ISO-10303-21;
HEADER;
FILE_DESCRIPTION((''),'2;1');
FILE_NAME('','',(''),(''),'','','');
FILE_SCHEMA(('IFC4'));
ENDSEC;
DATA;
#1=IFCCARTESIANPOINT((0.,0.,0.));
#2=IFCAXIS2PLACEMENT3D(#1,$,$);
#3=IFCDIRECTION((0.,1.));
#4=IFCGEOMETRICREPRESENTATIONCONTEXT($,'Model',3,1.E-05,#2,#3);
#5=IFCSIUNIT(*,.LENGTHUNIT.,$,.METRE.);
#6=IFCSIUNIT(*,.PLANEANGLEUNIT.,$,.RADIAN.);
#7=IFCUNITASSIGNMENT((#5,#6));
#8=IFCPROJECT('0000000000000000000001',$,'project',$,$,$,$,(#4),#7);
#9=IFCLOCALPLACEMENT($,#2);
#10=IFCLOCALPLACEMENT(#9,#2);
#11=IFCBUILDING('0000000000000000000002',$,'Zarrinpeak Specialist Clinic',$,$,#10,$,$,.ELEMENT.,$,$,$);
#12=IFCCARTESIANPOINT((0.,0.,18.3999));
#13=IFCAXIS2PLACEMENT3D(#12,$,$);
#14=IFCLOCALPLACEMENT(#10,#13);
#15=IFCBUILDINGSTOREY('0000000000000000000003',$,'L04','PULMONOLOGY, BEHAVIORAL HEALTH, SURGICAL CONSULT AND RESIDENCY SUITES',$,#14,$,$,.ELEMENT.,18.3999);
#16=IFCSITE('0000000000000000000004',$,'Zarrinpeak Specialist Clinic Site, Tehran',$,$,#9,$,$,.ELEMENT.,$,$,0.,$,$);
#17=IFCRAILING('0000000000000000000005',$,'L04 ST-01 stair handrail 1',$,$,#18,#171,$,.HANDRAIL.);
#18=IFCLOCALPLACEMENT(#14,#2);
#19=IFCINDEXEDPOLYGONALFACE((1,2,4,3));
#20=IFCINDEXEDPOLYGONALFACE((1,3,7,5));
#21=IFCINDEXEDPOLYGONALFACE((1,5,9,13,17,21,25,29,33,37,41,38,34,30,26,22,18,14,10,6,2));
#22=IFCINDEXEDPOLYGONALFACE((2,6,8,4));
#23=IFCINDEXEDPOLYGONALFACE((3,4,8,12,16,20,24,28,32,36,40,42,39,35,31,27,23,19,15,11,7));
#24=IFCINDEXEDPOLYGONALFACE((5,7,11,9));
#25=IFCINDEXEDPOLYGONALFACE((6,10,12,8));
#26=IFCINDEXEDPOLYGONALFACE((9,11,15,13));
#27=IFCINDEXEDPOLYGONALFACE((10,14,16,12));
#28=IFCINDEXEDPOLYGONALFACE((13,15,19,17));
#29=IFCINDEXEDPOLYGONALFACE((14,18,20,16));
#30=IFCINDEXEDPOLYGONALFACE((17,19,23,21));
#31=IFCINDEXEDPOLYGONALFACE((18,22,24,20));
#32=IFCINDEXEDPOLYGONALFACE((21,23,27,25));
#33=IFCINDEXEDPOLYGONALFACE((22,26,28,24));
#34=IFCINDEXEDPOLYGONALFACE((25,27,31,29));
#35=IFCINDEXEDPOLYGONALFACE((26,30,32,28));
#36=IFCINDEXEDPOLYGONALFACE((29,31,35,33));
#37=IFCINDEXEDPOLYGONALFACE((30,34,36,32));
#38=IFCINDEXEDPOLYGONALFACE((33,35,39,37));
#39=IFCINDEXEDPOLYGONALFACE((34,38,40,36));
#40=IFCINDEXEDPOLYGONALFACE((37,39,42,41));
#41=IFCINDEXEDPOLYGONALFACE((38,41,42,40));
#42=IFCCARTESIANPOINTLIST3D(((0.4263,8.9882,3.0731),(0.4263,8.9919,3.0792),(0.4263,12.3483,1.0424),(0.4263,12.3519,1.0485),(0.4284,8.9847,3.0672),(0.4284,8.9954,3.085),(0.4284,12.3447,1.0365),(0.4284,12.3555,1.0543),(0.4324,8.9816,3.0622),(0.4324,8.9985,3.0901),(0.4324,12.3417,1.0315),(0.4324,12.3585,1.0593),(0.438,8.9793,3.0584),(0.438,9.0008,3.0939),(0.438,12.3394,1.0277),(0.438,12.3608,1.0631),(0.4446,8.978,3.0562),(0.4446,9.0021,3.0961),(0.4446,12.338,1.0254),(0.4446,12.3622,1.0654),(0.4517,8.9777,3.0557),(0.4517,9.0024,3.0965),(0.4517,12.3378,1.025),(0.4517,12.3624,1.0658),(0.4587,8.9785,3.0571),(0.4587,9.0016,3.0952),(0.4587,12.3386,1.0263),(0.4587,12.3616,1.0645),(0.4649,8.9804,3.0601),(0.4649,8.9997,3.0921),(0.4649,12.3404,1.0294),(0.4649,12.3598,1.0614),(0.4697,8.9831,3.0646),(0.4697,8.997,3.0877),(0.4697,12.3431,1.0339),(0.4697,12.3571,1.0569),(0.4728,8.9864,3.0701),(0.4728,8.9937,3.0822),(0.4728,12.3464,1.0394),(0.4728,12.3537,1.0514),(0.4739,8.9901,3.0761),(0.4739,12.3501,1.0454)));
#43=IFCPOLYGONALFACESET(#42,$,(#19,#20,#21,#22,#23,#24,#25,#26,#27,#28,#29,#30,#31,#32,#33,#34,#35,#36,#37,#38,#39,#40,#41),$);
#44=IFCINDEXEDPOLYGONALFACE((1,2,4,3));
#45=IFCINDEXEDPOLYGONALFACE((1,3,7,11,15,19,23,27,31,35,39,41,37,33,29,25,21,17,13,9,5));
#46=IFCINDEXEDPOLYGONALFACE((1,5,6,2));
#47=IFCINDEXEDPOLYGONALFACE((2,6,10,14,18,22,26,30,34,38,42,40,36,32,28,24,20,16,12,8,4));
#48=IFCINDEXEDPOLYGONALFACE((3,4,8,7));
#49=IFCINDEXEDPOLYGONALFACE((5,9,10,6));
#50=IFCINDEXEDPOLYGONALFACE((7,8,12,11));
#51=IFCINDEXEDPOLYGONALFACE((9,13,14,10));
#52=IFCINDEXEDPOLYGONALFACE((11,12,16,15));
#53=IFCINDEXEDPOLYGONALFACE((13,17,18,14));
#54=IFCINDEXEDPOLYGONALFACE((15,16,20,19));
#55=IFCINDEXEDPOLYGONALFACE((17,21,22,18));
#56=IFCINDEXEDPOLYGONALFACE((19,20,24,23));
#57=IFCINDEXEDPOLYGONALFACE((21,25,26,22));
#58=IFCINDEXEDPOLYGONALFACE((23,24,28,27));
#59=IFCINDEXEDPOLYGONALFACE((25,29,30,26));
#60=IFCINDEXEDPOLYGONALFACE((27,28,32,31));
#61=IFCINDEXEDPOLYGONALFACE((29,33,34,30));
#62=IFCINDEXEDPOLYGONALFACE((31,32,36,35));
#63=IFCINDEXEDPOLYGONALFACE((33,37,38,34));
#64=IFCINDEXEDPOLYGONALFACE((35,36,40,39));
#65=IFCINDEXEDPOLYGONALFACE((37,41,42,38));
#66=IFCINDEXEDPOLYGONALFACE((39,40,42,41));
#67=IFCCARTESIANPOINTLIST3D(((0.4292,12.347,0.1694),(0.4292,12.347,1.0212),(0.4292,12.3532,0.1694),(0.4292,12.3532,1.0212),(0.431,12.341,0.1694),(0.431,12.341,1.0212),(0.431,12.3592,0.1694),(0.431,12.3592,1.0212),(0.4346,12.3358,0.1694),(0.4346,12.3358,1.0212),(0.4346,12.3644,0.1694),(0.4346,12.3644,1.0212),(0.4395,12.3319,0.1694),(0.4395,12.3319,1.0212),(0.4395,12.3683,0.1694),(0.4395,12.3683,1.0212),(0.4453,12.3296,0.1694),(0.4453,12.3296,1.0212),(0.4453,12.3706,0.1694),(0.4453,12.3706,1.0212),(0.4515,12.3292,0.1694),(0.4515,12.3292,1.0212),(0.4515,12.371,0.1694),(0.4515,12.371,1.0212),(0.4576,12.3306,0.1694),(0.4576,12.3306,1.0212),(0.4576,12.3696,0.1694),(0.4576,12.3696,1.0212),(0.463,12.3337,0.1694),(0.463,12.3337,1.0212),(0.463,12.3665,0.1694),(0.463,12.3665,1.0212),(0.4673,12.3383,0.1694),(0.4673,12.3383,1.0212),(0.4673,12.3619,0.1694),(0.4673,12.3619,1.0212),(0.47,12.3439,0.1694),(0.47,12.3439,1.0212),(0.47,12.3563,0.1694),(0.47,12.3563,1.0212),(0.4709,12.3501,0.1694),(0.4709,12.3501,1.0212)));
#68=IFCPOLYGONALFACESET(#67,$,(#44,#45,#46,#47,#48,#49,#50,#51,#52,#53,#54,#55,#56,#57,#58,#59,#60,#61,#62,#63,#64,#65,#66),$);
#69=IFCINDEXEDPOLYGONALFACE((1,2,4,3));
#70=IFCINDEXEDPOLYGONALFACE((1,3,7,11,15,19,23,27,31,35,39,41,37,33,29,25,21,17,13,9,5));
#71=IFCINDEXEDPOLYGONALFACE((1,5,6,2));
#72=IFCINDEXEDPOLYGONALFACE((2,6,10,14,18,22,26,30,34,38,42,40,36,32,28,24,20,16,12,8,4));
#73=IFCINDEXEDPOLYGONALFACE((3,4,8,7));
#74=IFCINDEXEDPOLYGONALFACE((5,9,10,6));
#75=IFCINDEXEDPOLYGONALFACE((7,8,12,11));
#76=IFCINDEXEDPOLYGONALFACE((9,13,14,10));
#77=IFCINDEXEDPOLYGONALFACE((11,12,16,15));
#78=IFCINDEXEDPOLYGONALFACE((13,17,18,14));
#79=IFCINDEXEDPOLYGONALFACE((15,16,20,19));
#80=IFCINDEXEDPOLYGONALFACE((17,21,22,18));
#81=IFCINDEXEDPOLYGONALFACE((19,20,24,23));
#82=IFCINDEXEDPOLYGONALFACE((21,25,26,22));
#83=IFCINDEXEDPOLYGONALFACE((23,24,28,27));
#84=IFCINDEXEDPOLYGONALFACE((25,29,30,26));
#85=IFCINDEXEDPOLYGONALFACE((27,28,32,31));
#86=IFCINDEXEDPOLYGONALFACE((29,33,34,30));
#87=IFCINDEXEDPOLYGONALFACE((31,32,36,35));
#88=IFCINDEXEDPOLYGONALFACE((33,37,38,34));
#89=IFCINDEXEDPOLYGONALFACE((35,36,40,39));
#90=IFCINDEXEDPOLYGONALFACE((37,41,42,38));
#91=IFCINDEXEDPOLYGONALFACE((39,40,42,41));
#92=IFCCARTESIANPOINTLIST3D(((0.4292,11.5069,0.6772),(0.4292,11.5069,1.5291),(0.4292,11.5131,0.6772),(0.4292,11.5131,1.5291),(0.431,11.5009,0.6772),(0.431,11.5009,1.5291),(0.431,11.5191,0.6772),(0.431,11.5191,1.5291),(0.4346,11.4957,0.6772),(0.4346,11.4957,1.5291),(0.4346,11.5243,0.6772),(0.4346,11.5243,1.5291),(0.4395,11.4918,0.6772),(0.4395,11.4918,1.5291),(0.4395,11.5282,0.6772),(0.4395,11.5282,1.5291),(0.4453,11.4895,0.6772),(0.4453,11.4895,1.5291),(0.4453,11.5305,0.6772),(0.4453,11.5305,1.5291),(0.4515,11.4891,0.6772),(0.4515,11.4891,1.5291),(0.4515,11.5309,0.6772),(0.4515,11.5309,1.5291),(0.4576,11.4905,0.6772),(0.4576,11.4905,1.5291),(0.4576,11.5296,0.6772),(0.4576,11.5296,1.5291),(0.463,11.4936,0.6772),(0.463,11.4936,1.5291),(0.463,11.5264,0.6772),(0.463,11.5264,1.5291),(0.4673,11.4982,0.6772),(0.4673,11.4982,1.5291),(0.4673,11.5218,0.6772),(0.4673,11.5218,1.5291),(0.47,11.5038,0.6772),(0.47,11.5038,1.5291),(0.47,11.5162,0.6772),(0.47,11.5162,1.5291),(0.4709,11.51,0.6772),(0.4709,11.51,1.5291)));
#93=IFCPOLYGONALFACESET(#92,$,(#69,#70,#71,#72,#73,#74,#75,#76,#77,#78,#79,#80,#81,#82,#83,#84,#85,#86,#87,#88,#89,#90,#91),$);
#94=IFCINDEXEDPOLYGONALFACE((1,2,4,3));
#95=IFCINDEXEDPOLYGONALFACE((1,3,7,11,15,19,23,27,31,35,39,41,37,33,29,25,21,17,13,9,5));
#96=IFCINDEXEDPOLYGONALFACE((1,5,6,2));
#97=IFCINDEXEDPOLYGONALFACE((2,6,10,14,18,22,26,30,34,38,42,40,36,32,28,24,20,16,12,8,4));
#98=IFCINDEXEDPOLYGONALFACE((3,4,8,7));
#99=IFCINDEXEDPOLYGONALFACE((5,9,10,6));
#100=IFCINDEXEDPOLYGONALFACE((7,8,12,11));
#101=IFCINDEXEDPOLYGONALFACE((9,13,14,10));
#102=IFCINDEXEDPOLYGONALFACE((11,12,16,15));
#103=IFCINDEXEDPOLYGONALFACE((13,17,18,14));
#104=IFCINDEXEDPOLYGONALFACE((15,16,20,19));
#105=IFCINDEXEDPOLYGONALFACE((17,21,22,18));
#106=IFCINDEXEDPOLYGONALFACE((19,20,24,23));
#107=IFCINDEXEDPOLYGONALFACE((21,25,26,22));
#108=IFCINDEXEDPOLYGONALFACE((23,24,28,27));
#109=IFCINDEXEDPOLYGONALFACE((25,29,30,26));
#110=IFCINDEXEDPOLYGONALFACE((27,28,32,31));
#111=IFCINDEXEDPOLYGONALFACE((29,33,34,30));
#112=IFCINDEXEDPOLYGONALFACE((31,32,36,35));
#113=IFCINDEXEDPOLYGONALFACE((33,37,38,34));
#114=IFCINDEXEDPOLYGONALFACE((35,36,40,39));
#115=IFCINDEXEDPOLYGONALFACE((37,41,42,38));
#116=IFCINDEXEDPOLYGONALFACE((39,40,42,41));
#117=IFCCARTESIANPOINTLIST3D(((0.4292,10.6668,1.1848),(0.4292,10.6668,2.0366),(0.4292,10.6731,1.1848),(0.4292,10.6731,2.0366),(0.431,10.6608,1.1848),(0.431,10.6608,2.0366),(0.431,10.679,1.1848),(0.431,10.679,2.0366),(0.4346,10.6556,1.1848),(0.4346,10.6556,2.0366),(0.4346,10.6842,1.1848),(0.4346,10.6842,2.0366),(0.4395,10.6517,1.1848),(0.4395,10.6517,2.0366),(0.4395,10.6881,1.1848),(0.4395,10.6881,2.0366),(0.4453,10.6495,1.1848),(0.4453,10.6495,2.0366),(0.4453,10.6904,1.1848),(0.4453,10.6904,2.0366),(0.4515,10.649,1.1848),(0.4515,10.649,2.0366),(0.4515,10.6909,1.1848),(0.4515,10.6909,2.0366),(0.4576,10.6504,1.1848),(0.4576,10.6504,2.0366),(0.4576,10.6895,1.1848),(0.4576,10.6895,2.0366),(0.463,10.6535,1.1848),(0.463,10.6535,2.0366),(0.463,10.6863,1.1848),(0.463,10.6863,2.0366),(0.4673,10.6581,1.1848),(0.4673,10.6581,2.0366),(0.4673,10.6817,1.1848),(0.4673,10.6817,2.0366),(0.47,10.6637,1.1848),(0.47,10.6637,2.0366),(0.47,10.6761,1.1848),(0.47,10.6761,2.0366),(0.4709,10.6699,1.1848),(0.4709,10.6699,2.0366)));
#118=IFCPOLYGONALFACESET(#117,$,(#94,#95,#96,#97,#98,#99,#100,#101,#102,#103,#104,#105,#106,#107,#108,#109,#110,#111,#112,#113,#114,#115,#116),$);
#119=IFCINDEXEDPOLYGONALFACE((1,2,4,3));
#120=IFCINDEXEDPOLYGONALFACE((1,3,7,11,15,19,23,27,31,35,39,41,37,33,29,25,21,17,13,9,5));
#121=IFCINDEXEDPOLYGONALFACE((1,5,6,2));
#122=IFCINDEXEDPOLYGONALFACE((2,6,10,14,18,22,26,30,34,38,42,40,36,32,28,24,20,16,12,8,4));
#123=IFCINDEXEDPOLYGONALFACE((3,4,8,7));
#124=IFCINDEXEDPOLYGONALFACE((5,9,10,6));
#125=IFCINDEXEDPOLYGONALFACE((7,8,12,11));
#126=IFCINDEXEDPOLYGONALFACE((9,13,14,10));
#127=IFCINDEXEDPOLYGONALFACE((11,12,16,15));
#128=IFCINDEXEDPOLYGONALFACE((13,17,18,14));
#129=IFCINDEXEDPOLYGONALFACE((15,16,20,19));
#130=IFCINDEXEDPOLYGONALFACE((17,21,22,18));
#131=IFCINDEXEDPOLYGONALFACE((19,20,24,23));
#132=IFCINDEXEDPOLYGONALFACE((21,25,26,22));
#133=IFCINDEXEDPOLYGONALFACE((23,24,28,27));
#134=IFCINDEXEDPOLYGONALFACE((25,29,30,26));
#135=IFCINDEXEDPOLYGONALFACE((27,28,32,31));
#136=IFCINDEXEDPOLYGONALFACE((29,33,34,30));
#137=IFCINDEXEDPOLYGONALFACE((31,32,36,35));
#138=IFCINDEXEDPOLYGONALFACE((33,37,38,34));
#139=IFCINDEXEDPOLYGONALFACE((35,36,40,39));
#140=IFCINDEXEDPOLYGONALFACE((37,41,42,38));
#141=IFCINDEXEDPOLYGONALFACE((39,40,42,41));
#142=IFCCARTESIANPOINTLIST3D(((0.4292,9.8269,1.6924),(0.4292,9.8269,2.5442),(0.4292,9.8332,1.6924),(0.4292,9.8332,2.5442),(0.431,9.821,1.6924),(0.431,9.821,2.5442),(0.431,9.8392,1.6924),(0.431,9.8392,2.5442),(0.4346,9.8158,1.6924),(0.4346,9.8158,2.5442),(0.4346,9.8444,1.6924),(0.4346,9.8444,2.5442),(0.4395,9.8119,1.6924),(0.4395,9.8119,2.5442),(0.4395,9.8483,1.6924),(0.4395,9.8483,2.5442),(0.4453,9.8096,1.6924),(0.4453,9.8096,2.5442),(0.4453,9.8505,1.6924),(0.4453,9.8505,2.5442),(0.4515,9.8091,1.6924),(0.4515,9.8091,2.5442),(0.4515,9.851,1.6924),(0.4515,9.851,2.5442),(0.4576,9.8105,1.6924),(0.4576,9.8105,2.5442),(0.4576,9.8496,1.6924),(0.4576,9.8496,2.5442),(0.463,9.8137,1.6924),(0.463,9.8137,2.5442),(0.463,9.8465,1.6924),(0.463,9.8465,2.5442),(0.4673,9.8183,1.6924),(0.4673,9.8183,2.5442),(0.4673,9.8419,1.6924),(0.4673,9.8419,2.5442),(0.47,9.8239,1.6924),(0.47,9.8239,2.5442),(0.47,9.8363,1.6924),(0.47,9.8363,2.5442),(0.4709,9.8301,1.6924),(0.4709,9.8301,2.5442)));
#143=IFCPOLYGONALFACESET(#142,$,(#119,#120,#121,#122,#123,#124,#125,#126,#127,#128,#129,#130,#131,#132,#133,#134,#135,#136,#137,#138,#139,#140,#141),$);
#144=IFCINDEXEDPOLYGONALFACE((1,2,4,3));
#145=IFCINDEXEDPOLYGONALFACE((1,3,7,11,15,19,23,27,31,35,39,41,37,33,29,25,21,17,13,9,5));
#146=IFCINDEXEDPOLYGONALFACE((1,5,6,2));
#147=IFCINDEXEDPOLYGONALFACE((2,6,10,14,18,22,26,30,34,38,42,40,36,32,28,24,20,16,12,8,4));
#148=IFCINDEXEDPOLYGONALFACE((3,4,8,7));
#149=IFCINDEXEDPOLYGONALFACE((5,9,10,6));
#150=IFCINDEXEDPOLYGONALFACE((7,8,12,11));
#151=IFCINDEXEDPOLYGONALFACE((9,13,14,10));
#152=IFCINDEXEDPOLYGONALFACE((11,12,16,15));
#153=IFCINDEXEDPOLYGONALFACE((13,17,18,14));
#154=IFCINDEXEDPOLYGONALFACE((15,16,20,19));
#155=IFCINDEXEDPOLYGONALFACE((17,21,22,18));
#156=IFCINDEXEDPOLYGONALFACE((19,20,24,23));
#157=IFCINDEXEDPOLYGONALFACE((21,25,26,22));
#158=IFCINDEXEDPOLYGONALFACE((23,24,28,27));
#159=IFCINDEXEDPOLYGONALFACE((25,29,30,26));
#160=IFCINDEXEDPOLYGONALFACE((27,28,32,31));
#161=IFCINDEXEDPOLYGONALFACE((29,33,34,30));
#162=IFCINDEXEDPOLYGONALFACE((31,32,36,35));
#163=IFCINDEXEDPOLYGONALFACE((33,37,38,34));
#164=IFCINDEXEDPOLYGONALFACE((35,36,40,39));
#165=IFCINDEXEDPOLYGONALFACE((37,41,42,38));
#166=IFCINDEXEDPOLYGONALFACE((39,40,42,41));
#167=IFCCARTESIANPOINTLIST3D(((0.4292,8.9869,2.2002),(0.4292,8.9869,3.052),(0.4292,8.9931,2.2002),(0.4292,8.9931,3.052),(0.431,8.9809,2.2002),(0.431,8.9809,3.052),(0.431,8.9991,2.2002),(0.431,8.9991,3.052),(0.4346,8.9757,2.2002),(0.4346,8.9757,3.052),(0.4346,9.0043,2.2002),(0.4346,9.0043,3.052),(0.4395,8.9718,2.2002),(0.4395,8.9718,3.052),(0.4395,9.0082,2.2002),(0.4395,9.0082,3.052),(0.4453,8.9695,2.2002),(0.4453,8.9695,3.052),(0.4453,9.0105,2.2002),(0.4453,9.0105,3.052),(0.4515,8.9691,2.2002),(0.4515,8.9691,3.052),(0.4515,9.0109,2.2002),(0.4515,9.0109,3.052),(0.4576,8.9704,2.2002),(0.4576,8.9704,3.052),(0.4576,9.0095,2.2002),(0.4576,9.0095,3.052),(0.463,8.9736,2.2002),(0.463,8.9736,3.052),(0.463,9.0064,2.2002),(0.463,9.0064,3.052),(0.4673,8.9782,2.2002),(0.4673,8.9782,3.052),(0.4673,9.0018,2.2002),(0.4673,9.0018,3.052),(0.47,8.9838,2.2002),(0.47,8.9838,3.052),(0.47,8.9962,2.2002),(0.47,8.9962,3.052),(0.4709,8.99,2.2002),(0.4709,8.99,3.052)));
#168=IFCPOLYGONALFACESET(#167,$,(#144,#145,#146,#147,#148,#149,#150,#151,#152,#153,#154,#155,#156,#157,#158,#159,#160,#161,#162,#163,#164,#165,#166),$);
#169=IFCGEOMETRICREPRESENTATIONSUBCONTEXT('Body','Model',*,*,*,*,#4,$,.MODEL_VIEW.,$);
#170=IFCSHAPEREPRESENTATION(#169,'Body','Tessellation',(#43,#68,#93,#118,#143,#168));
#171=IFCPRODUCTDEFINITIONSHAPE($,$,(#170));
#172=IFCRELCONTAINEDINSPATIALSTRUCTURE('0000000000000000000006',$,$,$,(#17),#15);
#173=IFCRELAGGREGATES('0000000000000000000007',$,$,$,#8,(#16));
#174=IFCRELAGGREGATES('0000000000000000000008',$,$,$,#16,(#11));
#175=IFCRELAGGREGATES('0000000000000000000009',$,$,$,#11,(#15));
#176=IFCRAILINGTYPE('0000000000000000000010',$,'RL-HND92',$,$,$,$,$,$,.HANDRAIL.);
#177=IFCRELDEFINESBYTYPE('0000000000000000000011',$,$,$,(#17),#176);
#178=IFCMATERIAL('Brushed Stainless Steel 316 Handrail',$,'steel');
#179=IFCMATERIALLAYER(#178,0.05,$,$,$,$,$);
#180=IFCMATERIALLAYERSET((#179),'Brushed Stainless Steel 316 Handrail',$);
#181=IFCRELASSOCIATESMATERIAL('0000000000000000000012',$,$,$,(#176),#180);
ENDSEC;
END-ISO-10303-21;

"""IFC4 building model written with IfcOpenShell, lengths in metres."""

from ifc_helpers import new_model, si_unit, direction, frame, origin, origin_2d, place, context, subcontext, project, spatial, circle, extrude, material, layer, layer_set, type_object, element, save


model = new_model("IFC4")

# Units and contexts
model_context = context("Model", 3, precision=1e-05, world=origin(), true_north=direction((0.0, 1.0)))
body_context = subcontext(model_context, "Body", "Model", "MODEL_VIEW")
ifc_project = project(units=[si_unit("LENGTHUNIT", "METRE"), si_unit("PLANEANGLEUNIT", "RADIAN")], contexts=[model_context])

# Site, building, storey
site_placement = place(None, origin())
site = spatial("IfcSite", under=ifc_project, at=site_placement, Name="Zarrinpeak Specialist Clinic Site, Tehran", CompositionType="ELEMENT", RefElevation=0.0)
building_placement = place(site_placement, origin())
building = spatial("IfcBuilding", under=site, at=building_placement, Name="Zarrinpeak Specialist Clinic", CompositionType="ELEMENT")
storey_placement = place(building_placement, frame((0.0, 0.0, 18.3999)))
storey = spatial("IfcBuildingStorey", under=building, at=storey_placement, Name="L04", Description="PULMONOLOGY, BEHAVIORAL HEALTH, SURGICAL CONSULT AND RESIDENCY SUITES", CompositionType="ELEMENT", Elevation=18.3999)

# Railing
ifc_material_1 = material(Name="Brushed Stainless Steel 316 Handrail", Category="steel")
ifc_layer_1 = layer(ifc_material_1, 0.05)
ifc_layer_set_1 = layer_set([ifc_layer_1], Name="Brushed Stainless Steel 316 Handrail")
railing_type_1 = type_object("IfcRailingType", Name="RL-HND92", PredefinedType="HANDRAIL", material=ifc_layer_set_1)
railing_1_placement = place(storey_placement, frame((0.45, 12.3501, 0.1694)))
element("IfcRailing", 1, at=railing_1_placement, inside=storey, type_object=railing_type_1, Name="L04 ST-01 stair handrail 1", PredefinedType="HANDRAIL", context=body_context, shape_type="SweptSolid", body=[
    extrude(circle(Radius=0.0239, at=origin_2d()), frame((0.0, 0.0, 0.876), z_axis=(0.0, -0.855837, 0.517246), x_axis=(1.0, 0.0, 0.0)), (0.0, 0.0, 1.0), 3.926),
    extrude(circle(Radius=0.021, at=origin_2d()), origin(), (0.0, 0.0, 1.0), 0.8518),
    extrude(circle(Radius=0.021, at=origin_2d()), frame((0.0, -0.8401, 0.5078)), (0.0, 0.0, 1.0), 0.8518),
    extrude(circle(Radius=0.021, at=origin_2d()), frame((0.0, -1.6802, 1.0154)), (0.0, 0.0, 1.0), 0.8518),
    extrude(circle(Radius=0.021, at=origin_2d()), frame((0.0, -2.52, 1.5229)), (0.0, 0.0, 1.0), 0.8518),
    extrude(circle(Radius=0.021, at=origin_2d()), frame((0.0, -3.3601, 2.0308)), (0.0, 0.0, 1.0), 0.8518),
])

save(model, "model.ifc")
